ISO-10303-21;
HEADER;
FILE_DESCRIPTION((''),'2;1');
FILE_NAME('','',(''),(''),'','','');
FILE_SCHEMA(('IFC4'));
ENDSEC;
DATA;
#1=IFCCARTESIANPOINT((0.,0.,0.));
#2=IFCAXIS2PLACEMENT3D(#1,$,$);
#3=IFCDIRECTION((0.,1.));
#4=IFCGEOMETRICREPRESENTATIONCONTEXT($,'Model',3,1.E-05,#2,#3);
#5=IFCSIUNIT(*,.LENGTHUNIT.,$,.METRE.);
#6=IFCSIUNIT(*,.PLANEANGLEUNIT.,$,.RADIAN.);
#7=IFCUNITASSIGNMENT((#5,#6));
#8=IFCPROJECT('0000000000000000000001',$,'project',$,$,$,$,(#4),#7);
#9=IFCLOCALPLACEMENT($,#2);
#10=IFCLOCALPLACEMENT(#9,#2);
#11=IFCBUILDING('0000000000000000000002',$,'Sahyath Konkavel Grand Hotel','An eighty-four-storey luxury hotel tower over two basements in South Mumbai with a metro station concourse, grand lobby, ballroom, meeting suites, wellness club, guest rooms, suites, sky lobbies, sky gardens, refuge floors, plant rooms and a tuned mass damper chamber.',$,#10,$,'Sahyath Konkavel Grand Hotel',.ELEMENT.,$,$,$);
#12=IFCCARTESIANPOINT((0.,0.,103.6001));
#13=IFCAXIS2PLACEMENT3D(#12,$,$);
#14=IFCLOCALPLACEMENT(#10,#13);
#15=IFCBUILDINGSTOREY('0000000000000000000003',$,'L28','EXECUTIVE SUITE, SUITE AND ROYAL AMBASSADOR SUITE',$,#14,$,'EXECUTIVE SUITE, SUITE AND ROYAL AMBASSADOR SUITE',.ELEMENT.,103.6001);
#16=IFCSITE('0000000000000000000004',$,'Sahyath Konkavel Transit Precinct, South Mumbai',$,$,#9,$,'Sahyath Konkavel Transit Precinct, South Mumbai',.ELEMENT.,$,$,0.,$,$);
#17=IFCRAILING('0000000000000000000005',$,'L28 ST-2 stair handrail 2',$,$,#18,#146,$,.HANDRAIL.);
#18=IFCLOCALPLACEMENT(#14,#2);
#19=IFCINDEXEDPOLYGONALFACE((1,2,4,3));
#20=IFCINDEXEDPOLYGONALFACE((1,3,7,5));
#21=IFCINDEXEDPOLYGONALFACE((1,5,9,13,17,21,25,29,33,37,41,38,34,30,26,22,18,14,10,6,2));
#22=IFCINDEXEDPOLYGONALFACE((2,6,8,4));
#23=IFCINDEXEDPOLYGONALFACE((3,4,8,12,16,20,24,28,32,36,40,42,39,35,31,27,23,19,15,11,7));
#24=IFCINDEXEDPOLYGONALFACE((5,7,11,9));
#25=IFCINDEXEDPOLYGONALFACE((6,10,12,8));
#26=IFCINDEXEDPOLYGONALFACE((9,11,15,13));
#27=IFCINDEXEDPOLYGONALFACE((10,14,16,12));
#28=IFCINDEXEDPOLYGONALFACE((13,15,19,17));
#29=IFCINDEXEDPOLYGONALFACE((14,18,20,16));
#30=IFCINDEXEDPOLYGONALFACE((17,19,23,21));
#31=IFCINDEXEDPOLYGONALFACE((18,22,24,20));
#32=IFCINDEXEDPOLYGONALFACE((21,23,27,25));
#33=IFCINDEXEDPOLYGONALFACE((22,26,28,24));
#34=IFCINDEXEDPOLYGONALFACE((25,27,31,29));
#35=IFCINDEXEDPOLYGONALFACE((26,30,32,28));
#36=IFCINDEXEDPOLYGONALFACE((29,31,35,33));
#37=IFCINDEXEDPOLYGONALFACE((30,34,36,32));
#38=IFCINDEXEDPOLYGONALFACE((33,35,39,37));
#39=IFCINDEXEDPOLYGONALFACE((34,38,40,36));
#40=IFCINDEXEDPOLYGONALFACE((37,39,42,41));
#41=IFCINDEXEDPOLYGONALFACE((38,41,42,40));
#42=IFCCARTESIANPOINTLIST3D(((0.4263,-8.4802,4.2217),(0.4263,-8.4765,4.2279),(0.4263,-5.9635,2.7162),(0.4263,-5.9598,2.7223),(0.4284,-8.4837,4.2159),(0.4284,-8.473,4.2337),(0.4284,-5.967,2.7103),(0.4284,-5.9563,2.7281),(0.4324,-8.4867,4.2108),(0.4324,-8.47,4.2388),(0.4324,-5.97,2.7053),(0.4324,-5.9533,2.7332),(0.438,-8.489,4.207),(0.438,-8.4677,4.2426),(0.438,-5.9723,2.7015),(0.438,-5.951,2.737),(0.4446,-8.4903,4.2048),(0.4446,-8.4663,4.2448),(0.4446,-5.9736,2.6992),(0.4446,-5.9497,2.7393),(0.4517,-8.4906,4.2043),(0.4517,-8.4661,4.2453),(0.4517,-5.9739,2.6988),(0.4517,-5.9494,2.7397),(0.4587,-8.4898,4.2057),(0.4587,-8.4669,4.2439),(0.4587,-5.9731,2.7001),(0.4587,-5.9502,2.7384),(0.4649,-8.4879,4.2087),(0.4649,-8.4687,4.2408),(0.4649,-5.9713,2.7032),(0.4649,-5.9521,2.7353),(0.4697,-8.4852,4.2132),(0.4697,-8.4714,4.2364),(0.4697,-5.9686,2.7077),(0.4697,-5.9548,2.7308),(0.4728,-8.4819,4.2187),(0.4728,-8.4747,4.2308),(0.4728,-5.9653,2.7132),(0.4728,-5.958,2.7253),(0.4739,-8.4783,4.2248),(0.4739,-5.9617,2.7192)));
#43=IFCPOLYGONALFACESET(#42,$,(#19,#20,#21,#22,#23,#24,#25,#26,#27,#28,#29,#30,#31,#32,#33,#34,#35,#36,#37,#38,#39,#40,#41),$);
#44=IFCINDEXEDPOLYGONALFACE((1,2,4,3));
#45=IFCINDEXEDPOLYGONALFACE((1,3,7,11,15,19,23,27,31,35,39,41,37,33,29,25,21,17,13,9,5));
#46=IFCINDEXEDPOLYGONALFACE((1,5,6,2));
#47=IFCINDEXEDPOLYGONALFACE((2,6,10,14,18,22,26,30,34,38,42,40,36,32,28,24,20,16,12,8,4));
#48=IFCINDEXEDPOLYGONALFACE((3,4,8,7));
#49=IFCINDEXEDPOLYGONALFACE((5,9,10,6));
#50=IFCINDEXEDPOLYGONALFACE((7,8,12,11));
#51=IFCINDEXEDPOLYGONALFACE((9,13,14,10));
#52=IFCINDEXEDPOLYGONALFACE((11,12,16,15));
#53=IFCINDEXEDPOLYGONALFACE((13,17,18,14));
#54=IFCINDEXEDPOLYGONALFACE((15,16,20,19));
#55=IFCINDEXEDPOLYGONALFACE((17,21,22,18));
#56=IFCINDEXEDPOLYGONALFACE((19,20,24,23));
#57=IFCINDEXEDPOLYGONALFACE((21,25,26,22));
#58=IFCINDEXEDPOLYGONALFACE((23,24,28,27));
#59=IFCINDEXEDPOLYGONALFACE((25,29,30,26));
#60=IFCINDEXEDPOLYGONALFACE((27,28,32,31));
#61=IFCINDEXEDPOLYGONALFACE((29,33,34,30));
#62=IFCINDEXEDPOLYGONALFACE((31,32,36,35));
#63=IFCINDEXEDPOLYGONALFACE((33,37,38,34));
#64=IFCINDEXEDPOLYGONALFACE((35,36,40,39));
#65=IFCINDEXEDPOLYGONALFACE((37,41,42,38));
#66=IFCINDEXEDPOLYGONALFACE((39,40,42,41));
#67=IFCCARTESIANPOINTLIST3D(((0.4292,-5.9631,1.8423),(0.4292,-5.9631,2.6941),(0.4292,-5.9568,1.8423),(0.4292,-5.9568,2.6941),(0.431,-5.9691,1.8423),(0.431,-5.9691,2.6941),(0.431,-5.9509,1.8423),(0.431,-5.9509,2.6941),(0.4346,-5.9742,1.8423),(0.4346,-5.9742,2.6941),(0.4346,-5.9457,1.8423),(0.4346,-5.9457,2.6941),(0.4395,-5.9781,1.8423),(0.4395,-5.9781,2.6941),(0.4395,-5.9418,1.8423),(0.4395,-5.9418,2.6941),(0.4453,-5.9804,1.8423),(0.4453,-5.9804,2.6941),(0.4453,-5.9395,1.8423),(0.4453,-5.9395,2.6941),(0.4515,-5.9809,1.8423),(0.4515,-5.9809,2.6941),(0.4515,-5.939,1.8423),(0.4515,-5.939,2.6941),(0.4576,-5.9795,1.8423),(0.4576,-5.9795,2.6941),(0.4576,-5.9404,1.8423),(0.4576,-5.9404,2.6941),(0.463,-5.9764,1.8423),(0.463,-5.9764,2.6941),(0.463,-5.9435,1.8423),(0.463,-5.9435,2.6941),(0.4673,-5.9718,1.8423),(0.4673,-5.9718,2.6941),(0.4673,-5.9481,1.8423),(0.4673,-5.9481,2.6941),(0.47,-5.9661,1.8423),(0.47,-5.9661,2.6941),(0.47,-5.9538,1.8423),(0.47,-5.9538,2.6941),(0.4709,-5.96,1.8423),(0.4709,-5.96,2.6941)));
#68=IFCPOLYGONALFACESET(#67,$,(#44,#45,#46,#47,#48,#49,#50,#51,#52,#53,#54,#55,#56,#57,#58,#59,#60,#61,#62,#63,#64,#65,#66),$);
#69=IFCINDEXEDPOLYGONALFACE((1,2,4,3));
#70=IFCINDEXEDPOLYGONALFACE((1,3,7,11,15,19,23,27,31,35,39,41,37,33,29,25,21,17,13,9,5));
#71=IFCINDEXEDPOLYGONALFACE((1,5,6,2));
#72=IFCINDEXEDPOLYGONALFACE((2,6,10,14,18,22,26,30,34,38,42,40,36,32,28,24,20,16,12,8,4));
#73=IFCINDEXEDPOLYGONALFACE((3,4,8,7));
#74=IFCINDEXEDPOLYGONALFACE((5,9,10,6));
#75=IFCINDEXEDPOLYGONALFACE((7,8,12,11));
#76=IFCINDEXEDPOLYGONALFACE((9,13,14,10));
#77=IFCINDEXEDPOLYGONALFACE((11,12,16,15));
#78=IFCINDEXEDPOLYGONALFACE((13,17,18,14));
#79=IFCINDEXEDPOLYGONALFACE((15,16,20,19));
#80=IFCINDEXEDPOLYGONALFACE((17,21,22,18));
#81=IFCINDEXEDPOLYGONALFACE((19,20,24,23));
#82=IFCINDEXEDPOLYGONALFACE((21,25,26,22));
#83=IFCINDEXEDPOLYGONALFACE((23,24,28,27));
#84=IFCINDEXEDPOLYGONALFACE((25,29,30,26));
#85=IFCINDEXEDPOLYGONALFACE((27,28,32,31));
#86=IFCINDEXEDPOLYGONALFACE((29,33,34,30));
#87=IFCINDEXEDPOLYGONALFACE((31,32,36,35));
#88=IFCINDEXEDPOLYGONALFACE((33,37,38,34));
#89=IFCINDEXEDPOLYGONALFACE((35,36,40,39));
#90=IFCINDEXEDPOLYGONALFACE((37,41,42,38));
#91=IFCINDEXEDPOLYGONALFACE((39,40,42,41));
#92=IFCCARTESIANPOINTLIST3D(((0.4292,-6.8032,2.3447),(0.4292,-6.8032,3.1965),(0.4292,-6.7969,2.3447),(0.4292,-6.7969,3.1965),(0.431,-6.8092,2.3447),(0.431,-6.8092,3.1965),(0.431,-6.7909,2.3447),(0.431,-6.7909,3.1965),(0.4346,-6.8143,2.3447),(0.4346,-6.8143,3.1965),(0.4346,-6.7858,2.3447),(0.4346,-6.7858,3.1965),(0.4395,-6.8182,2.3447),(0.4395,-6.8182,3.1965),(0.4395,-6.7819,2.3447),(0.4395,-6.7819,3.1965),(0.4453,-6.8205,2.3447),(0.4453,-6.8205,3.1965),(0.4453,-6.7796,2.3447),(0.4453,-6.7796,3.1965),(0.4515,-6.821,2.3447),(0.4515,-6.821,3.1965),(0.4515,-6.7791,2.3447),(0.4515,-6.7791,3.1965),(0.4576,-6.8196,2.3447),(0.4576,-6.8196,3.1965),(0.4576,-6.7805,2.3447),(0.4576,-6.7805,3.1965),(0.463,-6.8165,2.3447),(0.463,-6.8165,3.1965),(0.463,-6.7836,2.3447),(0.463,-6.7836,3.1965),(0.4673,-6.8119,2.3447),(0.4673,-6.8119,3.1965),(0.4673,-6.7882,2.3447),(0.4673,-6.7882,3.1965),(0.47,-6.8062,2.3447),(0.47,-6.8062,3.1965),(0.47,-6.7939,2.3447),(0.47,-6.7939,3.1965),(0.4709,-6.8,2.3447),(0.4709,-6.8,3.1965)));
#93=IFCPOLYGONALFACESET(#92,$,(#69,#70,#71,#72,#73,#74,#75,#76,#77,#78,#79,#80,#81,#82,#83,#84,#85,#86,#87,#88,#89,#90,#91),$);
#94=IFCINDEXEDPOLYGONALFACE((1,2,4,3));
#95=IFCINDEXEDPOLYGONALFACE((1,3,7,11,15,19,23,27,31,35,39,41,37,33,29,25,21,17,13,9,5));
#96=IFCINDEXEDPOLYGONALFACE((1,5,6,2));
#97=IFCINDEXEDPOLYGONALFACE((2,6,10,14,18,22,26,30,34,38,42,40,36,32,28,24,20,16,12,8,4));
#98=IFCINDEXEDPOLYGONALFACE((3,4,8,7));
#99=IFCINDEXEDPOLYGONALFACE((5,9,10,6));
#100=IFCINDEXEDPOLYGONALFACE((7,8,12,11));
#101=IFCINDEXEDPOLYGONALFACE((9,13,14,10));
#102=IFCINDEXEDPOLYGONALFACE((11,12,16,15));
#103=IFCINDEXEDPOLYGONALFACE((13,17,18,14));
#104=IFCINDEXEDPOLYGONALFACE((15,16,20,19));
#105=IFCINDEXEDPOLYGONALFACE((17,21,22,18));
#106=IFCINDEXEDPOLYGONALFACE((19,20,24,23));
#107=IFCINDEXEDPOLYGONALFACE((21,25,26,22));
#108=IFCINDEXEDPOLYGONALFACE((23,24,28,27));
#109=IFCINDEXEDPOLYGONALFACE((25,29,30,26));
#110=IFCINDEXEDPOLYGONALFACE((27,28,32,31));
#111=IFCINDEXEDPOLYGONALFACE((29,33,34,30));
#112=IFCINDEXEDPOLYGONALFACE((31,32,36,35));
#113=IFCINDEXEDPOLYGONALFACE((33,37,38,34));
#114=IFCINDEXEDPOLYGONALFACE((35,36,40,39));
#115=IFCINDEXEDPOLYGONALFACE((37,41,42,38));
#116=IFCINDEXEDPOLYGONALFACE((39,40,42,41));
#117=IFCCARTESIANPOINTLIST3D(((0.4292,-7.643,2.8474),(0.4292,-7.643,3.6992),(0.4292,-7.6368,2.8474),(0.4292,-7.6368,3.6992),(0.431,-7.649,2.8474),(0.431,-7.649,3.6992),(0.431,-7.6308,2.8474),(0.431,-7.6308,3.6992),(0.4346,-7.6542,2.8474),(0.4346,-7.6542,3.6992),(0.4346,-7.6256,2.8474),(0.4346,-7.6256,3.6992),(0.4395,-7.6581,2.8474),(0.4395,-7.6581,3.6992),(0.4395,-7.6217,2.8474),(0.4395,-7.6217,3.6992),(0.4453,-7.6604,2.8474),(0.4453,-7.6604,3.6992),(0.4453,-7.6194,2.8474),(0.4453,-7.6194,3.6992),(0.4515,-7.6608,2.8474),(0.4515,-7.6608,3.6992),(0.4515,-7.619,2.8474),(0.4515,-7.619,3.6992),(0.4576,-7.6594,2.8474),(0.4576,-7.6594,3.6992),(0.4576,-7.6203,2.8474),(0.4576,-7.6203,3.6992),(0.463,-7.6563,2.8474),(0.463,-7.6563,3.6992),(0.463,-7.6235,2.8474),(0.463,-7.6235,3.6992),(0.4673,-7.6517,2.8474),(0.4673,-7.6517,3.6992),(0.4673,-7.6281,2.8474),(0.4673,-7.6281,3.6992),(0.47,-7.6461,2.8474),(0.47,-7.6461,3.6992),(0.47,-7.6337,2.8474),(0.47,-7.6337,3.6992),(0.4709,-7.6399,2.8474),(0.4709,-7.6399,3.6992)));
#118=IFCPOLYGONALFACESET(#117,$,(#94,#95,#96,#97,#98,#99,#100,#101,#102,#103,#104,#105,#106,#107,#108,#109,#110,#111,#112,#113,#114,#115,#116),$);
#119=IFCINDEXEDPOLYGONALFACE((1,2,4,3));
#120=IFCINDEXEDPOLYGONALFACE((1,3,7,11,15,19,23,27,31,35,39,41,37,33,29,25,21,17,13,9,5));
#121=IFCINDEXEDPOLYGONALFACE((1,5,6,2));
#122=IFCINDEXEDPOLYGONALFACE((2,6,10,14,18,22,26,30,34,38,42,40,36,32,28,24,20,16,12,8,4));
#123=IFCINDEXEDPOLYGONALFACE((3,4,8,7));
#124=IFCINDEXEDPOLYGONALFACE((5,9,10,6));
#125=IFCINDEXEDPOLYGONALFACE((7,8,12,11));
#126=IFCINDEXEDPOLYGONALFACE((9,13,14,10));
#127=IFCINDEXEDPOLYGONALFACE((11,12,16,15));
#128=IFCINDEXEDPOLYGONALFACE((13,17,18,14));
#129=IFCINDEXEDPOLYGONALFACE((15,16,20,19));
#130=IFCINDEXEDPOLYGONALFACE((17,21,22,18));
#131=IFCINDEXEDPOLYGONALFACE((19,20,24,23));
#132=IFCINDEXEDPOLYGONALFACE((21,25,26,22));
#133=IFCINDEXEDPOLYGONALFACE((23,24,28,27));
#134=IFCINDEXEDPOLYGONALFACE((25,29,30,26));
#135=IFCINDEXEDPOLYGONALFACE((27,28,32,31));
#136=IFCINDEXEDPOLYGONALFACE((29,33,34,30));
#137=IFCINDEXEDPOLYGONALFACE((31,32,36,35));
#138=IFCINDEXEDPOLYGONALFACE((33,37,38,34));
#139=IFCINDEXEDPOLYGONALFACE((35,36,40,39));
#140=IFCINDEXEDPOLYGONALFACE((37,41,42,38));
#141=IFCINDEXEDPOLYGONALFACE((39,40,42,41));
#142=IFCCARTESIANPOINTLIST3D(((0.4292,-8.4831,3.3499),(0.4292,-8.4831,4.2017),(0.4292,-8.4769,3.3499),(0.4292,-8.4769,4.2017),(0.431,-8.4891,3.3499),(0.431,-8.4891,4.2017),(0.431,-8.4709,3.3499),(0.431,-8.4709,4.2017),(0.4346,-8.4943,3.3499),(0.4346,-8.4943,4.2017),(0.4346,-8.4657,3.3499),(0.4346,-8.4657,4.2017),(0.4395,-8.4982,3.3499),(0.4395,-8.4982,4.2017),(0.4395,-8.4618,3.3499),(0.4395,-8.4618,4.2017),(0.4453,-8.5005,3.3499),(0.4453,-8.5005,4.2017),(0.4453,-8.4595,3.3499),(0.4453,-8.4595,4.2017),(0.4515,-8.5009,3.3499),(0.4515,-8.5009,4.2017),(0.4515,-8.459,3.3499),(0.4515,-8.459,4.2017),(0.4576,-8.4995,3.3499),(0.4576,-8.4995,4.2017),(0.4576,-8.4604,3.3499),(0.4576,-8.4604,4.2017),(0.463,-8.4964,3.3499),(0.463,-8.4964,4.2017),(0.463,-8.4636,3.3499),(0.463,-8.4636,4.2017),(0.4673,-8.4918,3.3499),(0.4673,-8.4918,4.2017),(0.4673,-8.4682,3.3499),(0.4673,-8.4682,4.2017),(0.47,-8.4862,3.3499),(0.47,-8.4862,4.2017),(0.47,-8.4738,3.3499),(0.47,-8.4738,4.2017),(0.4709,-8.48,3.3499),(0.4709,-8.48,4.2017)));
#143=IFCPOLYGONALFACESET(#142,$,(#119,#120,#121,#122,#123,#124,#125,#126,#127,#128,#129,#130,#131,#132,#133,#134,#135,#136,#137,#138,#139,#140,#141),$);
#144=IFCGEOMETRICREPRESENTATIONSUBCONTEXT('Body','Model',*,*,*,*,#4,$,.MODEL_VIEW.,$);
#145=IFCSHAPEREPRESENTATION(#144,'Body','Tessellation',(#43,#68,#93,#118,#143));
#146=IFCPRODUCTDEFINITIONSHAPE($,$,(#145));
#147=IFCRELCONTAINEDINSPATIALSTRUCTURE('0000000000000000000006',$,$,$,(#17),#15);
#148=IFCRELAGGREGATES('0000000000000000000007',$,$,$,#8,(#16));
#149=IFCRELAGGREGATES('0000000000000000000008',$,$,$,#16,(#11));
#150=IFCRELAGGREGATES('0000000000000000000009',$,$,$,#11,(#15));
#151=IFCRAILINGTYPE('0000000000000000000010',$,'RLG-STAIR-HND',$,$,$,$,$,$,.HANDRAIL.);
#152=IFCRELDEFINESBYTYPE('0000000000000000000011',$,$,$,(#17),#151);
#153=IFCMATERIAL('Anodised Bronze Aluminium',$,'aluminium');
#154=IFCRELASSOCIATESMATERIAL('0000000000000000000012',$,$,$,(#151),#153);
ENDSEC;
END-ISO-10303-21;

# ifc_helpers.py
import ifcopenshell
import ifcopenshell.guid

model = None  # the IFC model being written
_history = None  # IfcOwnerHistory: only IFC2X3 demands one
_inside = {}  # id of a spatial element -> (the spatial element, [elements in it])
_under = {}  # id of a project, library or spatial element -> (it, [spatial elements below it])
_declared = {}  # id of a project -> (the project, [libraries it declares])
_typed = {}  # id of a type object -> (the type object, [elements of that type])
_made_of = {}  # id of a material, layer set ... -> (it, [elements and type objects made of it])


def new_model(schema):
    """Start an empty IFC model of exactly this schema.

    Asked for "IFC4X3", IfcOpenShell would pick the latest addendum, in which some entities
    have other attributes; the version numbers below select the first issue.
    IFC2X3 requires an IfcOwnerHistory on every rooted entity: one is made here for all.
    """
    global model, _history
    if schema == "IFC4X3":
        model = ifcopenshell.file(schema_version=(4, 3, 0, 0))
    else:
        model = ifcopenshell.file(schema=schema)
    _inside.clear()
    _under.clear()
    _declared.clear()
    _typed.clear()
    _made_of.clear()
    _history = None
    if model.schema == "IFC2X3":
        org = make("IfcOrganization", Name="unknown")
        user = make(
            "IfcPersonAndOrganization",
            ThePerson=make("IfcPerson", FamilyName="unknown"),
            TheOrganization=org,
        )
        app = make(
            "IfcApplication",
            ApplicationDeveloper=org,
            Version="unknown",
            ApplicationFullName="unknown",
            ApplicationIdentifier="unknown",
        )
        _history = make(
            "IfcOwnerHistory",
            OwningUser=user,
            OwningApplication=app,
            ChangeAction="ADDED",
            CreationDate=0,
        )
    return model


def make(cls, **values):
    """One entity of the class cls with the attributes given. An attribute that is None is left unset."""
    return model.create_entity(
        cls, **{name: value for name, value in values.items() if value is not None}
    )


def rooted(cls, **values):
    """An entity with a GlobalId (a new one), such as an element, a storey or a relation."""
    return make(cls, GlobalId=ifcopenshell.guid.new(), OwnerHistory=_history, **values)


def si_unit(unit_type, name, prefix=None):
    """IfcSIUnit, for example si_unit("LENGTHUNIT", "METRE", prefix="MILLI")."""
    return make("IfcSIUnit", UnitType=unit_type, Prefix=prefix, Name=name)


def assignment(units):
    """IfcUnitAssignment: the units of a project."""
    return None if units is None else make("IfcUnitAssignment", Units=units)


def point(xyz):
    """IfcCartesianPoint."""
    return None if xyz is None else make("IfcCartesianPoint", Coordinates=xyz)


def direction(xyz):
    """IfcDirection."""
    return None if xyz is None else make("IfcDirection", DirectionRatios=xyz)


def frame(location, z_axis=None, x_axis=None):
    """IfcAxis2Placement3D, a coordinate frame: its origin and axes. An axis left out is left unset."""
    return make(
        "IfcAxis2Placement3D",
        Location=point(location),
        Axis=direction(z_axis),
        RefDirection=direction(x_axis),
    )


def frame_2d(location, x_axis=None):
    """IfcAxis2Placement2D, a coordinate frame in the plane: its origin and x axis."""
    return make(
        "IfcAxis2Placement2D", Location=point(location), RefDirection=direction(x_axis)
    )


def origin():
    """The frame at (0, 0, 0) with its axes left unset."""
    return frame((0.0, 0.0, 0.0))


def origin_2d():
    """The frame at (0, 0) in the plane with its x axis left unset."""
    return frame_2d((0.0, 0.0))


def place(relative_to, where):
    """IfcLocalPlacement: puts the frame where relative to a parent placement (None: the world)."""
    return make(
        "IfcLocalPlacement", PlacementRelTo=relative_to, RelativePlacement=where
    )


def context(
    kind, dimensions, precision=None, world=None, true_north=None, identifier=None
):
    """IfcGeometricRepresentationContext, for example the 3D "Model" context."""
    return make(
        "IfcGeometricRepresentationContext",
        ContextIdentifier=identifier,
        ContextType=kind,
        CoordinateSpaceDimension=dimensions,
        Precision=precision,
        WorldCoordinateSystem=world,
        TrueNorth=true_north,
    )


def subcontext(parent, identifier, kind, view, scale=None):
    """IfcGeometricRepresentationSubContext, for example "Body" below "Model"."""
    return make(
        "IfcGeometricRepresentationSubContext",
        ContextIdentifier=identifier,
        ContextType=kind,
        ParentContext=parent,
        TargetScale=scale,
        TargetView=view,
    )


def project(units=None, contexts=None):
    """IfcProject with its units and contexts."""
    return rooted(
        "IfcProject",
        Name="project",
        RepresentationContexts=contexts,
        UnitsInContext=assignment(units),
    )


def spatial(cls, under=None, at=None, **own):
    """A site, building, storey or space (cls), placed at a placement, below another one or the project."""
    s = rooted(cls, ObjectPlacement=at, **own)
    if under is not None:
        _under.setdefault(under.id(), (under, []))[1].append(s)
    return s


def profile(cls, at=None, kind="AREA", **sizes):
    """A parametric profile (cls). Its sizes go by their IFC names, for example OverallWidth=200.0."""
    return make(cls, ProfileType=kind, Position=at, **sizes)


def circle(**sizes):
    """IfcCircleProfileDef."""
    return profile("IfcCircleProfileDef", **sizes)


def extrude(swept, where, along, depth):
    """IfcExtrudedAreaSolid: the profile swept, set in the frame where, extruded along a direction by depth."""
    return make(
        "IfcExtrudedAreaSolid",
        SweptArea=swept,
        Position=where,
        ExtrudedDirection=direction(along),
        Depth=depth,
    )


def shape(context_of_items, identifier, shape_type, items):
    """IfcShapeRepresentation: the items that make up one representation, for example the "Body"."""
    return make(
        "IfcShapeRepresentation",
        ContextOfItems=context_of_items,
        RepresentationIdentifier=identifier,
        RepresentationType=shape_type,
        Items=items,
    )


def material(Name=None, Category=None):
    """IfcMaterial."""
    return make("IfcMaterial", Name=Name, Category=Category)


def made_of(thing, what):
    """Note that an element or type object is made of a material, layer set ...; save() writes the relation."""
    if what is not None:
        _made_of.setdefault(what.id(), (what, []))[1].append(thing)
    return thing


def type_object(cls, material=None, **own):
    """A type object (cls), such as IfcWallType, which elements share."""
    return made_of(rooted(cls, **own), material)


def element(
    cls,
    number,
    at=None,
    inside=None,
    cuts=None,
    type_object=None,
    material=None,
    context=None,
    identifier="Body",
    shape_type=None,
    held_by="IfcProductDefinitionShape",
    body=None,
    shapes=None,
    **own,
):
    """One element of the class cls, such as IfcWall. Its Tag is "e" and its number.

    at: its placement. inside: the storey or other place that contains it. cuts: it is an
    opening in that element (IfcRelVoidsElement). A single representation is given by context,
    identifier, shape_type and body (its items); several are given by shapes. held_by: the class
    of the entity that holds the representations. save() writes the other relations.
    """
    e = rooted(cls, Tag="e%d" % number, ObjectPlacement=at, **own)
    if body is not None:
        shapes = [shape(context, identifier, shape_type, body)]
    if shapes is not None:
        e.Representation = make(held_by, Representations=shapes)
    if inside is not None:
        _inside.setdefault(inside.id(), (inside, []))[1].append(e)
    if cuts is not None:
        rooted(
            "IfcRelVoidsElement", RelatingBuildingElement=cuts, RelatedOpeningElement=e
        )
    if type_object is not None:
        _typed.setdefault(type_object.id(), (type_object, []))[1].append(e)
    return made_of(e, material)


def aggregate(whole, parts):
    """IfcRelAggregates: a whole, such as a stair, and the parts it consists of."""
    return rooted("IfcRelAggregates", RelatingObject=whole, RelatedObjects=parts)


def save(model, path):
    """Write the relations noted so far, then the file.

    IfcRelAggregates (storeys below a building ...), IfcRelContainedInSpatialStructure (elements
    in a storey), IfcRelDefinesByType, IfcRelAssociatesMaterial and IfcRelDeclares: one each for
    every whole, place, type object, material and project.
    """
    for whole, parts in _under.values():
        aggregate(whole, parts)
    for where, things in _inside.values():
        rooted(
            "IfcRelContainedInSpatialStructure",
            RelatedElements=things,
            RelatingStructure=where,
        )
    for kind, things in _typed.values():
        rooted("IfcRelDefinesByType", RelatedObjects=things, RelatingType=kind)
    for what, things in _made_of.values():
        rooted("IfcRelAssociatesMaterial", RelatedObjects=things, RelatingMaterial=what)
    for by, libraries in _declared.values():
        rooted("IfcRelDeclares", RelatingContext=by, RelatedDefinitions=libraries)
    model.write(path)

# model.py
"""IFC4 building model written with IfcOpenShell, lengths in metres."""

from ifc_helpers import new_model, si_unit, direction, frame, origin, origin_2d, place, context, subcontext, project, spatial, circle, extrude, material, type_object, element, save


model = new_model("IFC4")

# Units and contexts
model_context = context("Model", 3, precision=1e-05, world=origin(), true_north=direction((0.0, 1.0)))
body_context = subcontext(model_context, "Body", "Model", "MODEL_VIEW")
ifc_project = project(units=[si_unit("LENGTHUNIT", "METRE"), si_unit("PLANEANGLEUNIT", "RADIAN")], contexts=[model_context])

# Site, building, storey
site_placement = place(None, origin())
site = spatial("IfcSite", under=ifc_project, at=site_placement, Name="Sahyath Konkavel Transit Precinct, South Mumbai", LongName="Sahyath Konkavel Transit Precinct, South Mumbai", CompositionType="ELEMENT", RefElevation=0.0)
building_placement = place(site_placement, origin())
building = spatial("IfcBuilding", under=site, at=building_placement, Name="Sahyath Konkavel Grand Hotel", Description="An eighty-four-storey luxury hotel tower over two basements in South Mumbai with a metro station concourse, grand lobby, ballroom, meeting suites, wellness club, guest rooms, suites, sky lobbies, sky gardens, refuge floors, plant rooms and a tuned mass damper chamber.", LongName="Sahyath Konkavel Grand Hotel", CompositionType="ELEMENT")
storey_placement = place(building_placement, frame((0.0, 0.0, 103.6001)))
storey = spatial("IfcBuildingStorey", under=building, at=storey_placement, Name="L28", Description="EXECUTIVE SUITE, SUITE AND ROYAL AMBASSADOR SUITE", LongName="EXECUTIVE SUITE, SUITE AND ROYAL AMBASSADOR SUITE", CompositionType="ELEMENT", Elevation=103.6001)

# Railing
ifc_material_1 = material(Name="Anodised Bronze Aluminium", Category="aluminium")
railing_type_1 = type_object("IfcRailingType", Name="RLG-STAIR-HND", PredefinedType="HANDRAIL", material=ifc_material_1)
railing_1_placement = place(storey_placement, frame((0.45, -5.96, 1.8423)))
element("IfcRailing", 1, at=railing_1_placement, inside=storey, type_object=railing_type_1, Name="L28 ST-2 stair handrail 2", PredefinedType="HANDRAIL", context=body_context, shape_type="SweptSolid", body=[
    extrude(circle(Radius=0.0239, at=origin_2d()), frame((0.0, -0.0017, 0.877), z_axis=(0.0, -0.85816, 0.513383), x_axis=(1.0, 0.0, 0.0)), (0.0, 0.0, 1.0), 2.9326),
    extrude(circle(Radius=0.021, at=origin_2d()), origin(), (0.0, 0.0, 1.0), 0.8518),
    extrude(circle(Radius=0.021, at=origin_2d()), frame((0.0, -0.8401, 0.5024)), (0.0, 0.0, 1.0), 0.8518),
    extrude(circle(Radius=0.021, at=origin_2d()), frame((0.0, -1.6799, 1.0051)), (0.0, 0.0, 1.0), 0.8518),
    extrude(circle(Radius=0.021, at=origin_2d()), frame((0.0, -2.52, 1.5076)), (0.0, 0.0, 1.0), 0.8518),
])

save(model, "model.ifc")
